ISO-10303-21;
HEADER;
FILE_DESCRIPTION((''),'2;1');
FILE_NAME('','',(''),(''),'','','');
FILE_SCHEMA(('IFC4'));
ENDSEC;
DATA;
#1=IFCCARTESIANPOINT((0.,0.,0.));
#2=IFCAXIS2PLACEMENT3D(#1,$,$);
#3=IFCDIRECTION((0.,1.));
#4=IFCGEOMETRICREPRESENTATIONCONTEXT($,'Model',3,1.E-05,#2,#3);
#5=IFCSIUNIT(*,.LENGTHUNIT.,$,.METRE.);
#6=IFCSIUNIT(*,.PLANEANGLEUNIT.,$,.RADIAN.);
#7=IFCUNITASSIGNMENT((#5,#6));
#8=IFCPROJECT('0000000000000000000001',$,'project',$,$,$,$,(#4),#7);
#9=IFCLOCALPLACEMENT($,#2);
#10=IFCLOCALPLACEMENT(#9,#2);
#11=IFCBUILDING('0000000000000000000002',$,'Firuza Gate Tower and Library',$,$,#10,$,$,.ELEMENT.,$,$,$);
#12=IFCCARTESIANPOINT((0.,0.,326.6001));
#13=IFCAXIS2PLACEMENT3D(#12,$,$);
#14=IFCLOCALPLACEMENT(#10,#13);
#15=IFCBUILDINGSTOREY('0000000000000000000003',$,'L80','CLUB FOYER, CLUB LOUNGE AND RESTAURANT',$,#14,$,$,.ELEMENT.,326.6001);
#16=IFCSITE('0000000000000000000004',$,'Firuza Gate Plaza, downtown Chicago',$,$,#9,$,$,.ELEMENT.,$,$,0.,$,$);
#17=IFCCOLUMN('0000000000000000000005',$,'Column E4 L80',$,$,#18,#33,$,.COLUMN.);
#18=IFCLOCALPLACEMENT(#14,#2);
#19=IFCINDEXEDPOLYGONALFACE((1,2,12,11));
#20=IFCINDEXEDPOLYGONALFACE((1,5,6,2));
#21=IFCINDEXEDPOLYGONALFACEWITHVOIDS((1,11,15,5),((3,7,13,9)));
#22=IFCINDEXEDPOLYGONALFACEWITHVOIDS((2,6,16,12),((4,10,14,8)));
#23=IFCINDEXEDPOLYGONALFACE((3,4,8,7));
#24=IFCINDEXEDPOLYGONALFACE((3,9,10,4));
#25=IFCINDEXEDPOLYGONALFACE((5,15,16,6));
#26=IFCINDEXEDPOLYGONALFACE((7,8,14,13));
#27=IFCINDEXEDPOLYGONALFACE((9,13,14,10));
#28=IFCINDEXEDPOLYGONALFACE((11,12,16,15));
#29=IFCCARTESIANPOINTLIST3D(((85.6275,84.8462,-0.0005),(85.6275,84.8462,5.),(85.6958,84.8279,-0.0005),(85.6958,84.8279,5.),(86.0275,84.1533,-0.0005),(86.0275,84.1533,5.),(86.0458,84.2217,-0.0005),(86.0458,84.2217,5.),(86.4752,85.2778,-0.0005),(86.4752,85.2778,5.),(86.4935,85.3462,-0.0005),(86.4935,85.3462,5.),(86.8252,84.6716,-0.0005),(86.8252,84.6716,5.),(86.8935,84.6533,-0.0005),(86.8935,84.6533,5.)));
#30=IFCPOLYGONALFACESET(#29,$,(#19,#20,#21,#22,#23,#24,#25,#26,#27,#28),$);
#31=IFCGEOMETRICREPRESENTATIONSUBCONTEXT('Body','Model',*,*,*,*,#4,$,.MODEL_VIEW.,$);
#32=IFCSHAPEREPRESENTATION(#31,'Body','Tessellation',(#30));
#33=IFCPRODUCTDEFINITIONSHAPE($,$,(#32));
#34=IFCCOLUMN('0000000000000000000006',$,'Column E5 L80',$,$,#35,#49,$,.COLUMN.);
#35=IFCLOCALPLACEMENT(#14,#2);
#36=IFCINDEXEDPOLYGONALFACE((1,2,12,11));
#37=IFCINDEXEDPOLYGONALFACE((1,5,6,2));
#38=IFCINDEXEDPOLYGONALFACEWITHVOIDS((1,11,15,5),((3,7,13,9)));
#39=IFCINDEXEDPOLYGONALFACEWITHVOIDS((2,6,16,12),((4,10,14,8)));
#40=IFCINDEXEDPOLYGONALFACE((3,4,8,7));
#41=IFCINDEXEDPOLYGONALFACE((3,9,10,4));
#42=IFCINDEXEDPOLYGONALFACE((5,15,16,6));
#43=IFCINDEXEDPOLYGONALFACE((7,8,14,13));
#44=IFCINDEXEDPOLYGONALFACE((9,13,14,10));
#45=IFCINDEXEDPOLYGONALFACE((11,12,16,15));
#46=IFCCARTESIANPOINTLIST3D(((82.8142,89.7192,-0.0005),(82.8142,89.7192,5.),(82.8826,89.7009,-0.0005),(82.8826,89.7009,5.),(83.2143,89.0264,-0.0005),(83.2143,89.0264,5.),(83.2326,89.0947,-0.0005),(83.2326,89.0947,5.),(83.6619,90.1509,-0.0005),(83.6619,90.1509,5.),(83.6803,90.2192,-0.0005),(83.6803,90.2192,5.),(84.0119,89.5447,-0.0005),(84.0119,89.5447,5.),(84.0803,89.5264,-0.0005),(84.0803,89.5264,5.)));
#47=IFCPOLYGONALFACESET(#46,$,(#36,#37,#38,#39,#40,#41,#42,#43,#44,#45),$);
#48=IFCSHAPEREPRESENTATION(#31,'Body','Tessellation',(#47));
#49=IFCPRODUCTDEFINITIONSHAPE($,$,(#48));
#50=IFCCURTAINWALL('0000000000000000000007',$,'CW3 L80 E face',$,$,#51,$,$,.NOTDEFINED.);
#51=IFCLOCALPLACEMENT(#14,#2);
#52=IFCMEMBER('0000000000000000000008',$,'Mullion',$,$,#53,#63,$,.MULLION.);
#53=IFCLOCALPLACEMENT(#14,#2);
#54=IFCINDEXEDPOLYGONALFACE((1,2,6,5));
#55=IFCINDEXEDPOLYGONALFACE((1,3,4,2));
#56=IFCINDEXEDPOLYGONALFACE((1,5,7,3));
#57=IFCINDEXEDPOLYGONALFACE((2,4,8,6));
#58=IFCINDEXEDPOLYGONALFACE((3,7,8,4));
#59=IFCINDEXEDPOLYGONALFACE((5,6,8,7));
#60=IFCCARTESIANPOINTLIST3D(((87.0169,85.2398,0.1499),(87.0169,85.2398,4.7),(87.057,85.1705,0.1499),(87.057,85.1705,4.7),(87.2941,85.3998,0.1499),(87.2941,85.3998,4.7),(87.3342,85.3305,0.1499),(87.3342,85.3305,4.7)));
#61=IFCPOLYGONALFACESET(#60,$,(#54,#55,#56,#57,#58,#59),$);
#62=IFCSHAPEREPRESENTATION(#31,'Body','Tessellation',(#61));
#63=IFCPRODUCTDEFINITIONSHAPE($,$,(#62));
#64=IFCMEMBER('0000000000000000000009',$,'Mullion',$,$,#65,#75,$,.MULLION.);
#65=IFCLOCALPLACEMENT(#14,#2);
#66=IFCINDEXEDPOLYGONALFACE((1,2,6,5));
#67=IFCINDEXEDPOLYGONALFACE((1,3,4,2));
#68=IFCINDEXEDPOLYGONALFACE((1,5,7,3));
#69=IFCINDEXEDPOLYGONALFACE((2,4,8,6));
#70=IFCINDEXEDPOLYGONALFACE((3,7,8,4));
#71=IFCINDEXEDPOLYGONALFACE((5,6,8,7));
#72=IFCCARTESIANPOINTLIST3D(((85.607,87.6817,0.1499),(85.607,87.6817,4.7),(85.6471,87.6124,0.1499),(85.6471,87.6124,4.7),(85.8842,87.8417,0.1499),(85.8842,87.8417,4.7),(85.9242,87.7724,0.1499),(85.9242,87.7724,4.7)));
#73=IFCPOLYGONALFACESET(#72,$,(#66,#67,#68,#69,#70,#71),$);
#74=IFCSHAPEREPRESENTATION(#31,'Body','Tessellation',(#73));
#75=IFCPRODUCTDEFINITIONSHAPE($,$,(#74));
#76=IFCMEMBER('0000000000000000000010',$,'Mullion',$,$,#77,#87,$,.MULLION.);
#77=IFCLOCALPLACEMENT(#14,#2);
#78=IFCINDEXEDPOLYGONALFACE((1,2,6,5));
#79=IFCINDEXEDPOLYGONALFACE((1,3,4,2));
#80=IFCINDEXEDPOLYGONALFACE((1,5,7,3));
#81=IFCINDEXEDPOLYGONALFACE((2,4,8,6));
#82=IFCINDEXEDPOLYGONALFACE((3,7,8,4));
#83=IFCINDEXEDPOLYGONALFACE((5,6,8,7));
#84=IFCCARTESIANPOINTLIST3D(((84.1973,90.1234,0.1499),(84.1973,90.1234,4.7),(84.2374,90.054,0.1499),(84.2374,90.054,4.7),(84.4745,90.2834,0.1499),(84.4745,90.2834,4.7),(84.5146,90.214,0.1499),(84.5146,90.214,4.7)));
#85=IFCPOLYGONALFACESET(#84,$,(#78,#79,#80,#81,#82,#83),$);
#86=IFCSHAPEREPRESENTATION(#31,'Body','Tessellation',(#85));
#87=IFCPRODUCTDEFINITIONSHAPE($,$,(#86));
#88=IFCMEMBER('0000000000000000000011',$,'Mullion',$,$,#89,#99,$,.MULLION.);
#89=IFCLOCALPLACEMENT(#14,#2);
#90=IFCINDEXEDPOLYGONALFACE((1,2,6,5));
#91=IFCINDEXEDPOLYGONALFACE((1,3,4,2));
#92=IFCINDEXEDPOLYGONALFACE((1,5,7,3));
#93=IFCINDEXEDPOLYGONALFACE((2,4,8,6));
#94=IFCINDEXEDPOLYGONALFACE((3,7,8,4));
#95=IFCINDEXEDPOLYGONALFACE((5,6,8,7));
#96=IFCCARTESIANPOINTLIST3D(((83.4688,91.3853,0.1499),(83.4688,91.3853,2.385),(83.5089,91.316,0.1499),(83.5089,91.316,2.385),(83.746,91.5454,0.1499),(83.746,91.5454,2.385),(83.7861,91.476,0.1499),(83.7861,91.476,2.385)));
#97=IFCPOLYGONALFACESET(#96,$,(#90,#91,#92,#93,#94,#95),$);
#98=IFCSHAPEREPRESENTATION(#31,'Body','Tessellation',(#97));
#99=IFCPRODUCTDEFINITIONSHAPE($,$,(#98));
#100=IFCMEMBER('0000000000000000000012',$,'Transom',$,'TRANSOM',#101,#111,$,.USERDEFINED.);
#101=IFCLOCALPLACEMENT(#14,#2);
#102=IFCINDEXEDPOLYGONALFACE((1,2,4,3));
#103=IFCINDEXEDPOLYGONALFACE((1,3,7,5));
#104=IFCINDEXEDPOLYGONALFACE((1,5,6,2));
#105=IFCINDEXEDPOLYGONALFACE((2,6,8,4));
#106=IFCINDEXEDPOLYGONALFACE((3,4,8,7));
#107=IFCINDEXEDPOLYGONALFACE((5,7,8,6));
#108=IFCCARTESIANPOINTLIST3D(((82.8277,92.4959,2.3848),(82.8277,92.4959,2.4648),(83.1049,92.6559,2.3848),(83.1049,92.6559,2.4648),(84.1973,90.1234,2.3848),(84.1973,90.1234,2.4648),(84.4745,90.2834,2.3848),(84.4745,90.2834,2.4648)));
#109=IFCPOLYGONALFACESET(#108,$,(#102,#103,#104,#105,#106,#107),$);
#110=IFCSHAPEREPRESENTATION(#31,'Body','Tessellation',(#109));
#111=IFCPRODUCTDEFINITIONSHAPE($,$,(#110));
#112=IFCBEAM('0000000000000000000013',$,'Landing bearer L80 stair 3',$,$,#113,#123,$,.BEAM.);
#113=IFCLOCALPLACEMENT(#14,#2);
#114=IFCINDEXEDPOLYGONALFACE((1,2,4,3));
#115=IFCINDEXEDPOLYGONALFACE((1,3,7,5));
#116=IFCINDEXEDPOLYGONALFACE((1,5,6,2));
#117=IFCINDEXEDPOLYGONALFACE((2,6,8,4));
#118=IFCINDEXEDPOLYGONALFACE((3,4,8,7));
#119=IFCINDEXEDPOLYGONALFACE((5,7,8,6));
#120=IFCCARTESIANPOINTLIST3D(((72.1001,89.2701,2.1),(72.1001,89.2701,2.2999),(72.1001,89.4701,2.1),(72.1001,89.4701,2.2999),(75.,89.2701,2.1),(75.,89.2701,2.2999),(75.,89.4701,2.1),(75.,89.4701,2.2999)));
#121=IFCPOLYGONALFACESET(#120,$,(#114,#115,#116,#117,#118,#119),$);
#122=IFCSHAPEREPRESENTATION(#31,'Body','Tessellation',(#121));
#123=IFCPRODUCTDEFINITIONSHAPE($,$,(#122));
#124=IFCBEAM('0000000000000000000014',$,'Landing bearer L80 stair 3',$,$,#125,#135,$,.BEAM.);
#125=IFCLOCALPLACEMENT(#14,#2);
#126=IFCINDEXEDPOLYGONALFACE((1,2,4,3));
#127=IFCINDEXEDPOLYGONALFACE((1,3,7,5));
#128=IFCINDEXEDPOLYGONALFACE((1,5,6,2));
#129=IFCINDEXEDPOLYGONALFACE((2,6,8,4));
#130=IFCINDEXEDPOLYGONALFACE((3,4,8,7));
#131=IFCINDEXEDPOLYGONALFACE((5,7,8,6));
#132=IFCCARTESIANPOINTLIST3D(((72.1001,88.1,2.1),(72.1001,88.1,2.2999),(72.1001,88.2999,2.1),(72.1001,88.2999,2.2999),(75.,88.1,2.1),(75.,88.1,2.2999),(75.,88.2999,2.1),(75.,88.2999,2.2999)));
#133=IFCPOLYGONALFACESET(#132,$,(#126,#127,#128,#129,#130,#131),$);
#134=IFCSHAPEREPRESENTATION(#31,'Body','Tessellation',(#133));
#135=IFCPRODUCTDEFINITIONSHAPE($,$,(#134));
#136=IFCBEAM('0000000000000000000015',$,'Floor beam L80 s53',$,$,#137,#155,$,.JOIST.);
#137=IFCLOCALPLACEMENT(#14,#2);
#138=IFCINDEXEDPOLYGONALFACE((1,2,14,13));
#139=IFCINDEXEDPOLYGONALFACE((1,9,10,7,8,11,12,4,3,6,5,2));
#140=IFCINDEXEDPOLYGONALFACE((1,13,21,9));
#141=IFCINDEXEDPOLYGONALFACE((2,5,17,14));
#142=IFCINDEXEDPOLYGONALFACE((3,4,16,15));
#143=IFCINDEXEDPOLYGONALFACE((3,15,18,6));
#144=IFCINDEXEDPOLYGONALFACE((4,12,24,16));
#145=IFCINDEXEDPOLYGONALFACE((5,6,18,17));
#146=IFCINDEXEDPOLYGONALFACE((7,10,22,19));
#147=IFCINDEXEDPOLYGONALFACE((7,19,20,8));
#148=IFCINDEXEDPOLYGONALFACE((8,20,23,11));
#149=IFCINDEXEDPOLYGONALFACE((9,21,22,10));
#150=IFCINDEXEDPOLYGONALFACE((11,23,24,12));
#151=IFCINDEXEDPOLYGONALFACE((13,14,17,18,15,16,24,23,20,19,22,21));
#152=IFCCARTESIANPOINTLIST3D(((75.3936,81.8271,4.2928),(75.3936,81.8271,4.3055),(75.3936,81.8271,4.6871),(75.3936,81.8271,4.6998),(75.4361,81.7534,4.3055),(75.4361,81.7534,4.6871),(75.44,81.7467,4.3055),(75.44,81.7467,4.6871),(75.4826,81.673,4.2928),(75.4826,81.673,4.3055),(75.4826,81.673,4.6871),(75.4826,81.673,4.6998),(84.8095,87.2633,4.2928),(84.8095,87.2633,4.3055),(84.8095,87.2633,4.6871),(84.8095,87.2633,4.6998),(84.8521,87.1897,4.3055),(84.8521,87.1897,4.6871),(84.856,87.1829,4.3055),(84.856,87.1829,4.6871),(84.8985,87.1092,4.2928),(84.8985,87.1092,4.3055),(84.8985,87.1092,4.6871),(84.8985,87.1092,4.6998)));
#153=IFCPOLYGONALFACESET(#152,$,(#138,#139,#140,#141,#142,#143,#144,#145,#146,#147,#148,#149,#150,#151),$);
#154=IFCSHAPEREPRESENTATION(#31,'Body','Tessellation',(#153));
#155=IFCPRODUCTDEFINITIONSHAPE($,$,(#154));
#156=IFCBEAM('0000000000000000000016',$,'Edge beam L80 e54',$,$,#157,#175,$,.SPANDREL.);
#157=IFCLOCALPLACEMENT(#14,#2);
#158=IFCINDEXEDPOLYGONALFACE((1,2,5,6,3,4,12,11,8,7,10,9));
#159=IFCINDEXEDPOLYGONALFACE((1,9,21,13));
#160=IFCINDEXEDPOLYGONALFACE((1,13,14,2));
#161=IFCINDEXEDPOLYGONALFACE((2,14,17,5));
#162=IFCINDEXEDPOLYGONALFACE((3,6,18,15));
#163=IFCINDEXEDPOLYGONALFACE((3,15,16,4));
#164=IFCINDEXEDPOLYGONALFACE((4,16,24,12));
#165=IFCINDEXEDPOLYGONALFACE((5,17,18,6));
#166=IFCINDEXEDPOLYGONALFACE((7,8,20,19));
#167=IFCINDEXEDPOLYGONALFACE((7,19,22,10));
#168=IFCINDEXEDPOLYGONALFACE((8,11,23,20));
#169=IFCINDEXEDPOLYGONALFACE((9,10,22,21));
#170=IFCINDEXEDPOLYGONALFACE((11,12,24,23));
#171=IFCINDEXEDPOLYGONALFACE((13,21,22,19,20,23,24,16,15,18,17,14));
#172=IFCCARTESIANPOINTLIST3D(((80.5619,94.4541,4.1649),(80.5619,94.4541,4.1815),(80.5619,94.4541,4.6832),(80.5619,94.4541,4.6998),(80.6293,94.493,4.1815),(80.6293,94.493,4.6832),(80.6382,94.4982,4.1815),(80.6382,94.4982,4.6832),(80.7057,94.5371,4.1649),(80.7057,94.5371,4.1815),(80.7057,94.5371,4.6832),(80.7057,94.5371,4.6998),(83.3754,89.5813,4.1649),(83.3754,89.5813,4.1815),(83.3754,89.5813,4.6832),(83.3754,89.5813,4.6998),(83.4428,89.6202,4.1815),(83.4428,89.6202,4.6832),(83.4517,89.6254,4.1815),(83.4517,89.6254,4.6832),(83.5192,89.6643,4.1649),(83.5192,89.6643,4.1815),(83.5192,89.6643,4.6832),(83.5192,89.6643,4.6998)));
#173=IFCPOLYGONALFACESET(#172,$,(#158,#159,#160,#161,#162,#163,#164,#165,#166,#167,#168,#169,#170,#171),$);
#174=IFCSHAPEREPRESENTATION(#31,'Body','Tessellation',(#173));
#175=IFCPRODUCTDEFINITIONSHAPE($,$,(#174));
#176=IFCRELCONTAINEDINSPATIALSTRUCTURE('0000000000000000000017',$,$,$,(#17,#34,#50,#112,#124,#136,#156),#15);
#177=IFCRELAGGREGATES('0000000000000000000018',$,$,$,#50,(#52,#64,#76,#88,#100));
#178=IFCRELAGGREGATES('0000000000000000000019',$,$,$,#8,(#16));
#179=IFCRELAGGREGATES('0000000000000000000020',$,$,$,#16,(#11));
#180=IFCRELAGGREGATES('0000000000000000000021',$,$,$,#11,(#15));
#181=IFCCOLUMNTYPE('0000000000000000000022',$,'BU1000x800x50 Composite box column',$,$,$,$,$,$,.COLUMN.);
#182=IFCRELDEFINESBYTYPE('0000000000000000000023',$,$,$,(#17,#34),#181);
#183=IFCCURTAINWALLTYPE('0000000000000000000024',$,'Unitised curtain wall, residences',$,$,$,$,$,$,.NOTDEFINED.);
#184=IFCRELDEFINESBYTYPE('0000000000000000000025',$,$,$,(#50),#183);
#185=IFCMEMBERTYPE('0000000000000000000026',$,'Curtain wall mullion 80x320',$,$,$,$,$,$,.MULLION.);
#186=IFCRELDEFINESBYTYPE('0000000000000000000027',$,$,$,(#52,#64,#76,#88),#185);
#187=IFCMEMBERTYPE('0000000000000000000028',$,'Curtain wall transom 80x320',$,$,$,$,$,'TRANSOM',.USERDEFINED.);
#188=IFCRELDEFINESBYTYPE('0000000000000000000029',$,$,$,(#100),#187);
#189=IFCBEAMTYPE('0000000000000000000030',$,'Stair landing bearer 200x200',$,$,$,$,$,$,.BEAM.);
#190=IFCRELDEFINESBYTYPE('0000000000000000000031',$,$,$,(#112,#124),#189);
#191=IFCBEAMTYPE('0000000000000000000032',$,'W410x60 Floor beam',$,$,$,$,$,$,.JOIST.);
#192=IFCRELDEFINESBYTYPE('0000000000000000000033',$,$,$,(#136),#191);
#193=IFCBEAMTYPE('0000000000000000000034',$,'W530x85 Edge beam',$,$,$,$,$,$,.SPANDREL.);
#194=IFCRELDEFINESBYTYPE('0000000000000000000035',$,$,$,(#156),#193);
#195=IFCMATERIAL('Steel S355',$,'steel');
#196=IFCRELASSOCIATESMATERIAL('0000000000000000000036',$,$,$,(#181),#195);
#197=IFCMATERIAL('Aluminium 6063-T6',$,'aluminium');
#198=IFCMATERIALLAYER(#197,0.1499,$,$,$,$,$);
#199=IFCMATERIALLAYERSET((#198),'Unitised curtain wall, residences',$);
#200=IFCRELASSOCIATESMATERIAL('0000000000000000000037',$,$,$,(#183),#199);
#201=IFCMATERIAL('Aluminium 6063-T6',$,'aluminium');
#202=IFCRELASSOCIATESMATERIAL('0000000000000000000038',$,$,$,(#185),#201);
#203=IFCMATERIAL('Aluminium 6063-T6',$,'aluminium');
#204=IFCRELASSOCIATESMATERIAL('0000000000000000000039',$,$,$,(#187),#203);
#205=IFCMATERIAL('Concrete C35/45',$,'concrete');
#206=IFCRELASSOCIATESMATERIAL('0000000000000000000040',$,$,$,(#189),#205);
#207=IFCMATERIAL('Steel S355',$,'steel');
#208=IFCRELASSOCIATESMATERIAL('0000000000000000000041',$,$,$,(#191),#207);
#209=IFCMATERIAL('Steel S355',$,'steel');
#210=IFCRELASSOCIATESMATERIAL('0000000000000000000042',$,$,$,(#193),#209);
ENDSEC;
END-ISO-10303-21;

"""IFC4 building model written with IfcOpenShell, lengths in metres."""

from ifc_helpers import new_model, si_unit, direction, frame, origin, origin_2d, place, context, subcontext, project, spatial, rectangle, hollow_rectangle, i_section, extrude, material, layer, layer_set, material_profile, profile_set, type_object, element, aggregate, save


model = new_model("IFC4")

# Units and contexts
model_context = context("Model", 3, precision=1e-05, world=origin(), true_north=direction((0.0, 1.0)))
body_context = subcontext(model_context, "Body", "Model", "MODEL_VIEW")
ifc_project = project(units=[si_unit("LENGTHUNIT", "METRE"), si_unit("PLANEANGLEUNIT", "RADIAN")], contexts=[model_context])

# Site, building, storey
site_placement = place(None, origin())
site = spatial("IfcSite", under=ifc_project, at=site_placement, Name="Firuza Gate Plaza, downtown Chicago", CompositionType="ELEMENT", RefElevation=0.0)
building_placement = place(site_placement, origin())
building = spatial("IfcBuilding", under=site, at=building_placement, Name="Firuza Gate Tower and Library", CompositionType="ELEMENT")
storey_placement = place(building_placement, frame((0.0, 0.0, 326.6001)))
storey = spatial("IfcBuildingStorey", under=building, at=storey_placement, Name="L80", Description="CLUB FOYER, CLUB LOUNGE AND RESTAURANT", CompositionType="ELEMENT", Elevation=326.6001)

# Columns
ifc_material_1 = material(Name="Steel S355", Category="steel")
ifc_material_profile_1 = material_profile(ifc_material_1, hollow_rectangle(XDim=0.8, YDim=1.0, WallThickness=0.05, at=origin_2d()))
ifc_profile_set_1 = profile_set([ifc_material_profile_1], Name="Steel S355")
column_type = type_object("IfcColumnType", Name="BU1000x800x50 Composite box column", PredefinedType="COLUMN", material=ifc_profile_set_1)
for number, where, z_axis, x_axis, name in (
    (1, (86.2605, 84.7498, -0.0005), (0.0, 0.0, 1.0), (-0.5, 0.866025, 0.0), "Column E4 L80"),
    (2, (83.4473, 89.6228, -0.0005), (0.0, 0.0, 1.0), (-0.5, 0.866025, 0.0), "Column E5 L80"),
):
    element("IfcColumn", number, at=place(storey_placement, frame(where, z_axis=z_axis, x_axis=x_axis)), inside=storey, type_object=column_type, Name=name, PredefinedType="COLUMN", context=body_context, shape_type="SweptSolid", body=[
        extrude(hollow_rectangle(XDim=0.8, YDim=1.0, WallThickness=0.05, at=origin_2d()), origin(), (0.0, 0.0, 1.0), 5.0005),
    ])

# Curtain wall, members
ifc_material_2 = material(Name="Aluminium 6063-T6", Category="aluminium")
ifc_layer_1 = layer(ifc_material_2, 0.1499)
ifc_layer_set_1 = layer_set([ifc_layer_1], Name="Unitised curtain wall, residences")
curtain_wall_type = type_object("IfcCurtainWallType", Name="Unitised curtain wall, residences", PredefinedType="NOTDEFINED", material=ifc_layer_set_1)
curtain_wall_placement = place(storey_placement, origin())
curtain_wall = element("IfcCurtainWall", 3, at=curtain_wall_placement, inside=storey, type_object=curtain_wall_type, Name="CW3 L80 E face", PredefinedType="NOTDEFINED")
ifc_material_3 = material(Name="Aluminium 6063-T6", Category="aluminium")
ifc_material_profile_2 = material_profile(ifc_material_3, rectangle(XDim=0.3201, YDim=0.0801, at=origin_2d()))
ifc_profile_set_2 = profile_set([ifc_material_profile_2], Name="Aluminium 6063-T6")
member_type_1 = type_object("IfcMemberType", Name="Curtain wall mullion 80x320", PredefinedType="MULLION", material=ifc_profile_set_2)
member_1_placement = place(storey_placement, frame((87.1755, 85.2852, 0.1499), z_axis=(0.0, 0.0, 1.0), x_axis=(-0.866025, -0.5, 0.0)))
member_1 = element("IfcMember", 4, at=member_1_placement, type_object=member_type_1, Name="Mullion", PredefinedType="MULLION", context=body_context, shape_type="SweptSolid", body=[
    extrude(rectangle(XDim=0.3201, YDim=0.0801, at=origin_2d()), origin(), (0.0, 0.0, 1.0), 4.55),
])
member_2_placement = place(storey_placement, frame((85.7656, 87.7271, 0.1499), z_axis=(0.0, 0.0, 1.0), x_axis=(-0.866025, -0.5, 0.0)))
member_2 = element("IfcMember", 5, at=member_2_placement, type_object=member_type_1, Name="Mullion", PredefinedType="MULLION", context=body_context, shape_type="SweptSolid", body=[
    extrude(rectangle(XDim=0.3201, YDim=0.0801, at=origin_2d()), origin(), (0.0, 0.0, 1.0), 4.55),
])
member_3_placement = place(storey_placement, frame((84.356, 90.1687, 0.1499), z_axis=(0.0, 0.0, 1.0), x_axis=(-0.866025, -0.5, 0.0)))
member_3 = element("IfcMember", 6, at=member_3_placement, type_object=member_type_1, Name="Mullion", PredefinedType="MULLION", context=body_context, shape_type="SweptSolid", body=[
    extrude(rectangle(XDim=0.3201, YDim=0.0801, at=origin_2d()), origin(), (0.0, 0.0, 1.0), 4.55),
])
member_4_placement = place(storey_placement, frame((83.6274, 91.4307, 0.1499), z_axis=(0.0, 0.0, 1.0), x_axis=(-0.866025, -0.5, 0.0)))
member_4 = element("IfcMember", 7, at=member_4_placement, type_object=member_type_1, Name="Mullion", PredefinedType="MULLION", context=body_context, shape_type="SweptSolid", body=[
    extrude(rectangle(XDim=0.3201, YDim=0.0801, at=origin_2d()), origin(), (0.0, 0.0, 1.0), 2.2351),
])
ifc_material_4 = material(Name="Aluminium 6063-T6", Category="aluminium")
ifc_material_profile_3 = material_profile(ifc_material_4, rectangle(XDim=0.3201, YDim=0.0801, at=origin_2d()))
ifc_profile_set_3 = profile_set([ifc_material_profile_3], Name="Aluminium 6063-T6")
member_type_2 = type_object("IfcMemberType", Name="Curtain wall transom 80x320", ElementType="TRANSOM", PredefinedType="USERDEFINED", material=ifc_profile_set_3)
member_5_placement = place(storey_placement, frame((84.3359, 90.2034, 2.4248), z_axis=(-0.499954, 0.866052, 0.0), x_axis=(-0.866052, -0.499954, 0.0)))
member_5 = element("IfcMember", 8, at=member_5_placement, type_object=member_type_2, Name="Transom", ObjectType="TRANSOM", PredefinedType="USERDEFINED", context=body_context, shape_type="SweptSolid", body=[
    extrude(rectangle(XDim=0.3201, YDim=0.0801, at=origin_2d()), origin(), (0.0, 0.0, 1.0), 2.7395),
])

# Beams
ifc_material_5 = material(Name="Concrete C35/45", Category="concrete")
ifc_material_profile_4 = material_profile(ifc_material_5, rectangle(XDim=0.2, YDim=0.2, at=origin_2d()))
ifc_profile_set_4 = profile_set([ifc_material_profile_4], Name="Concrete C35/45")
beam_type_1 = type_object("IfcBeamType", Name="Stair landing bearer 200x200", PredefinedType="BEAM", material=ifc_profile_set_4)
for number, where, z_axis, x_axis, name in (
    (9, (75.0, 89.3701, 2.2), (-1.0, 0.0, 0.0), (0.0, -1.0, 0.0), "Landing bearer L80 stair 3"),
    (10, (75.0, 88.2, 2.2), (-1.0, 0.0, 0.0), (0.0, -1.0, 0.0), "Landing bearer L80 stair 3"),
):
    element("IfcBeam", number, at=place(storey_placement, frame(where, z_axis=z_axis, x_axis=x_axis)), inside=storey, type_object=beam_type_1, Name=name, PredefinedType="BEAM", context=body_context, shape_type="SweptSolid", body=[
        extrude(rectangle(XDim=0.2, YDim=0.2, at=origin_2d()), origin(), (0.0, 0.0, 1.0), 2.8999),
    ])
ifc_material_6 = material(Name="Steel S355", Category="steel")
ifc_material_profile_5 = material_profile(ifc_material_6, i_section(OverallWidth=0.178, OverallDepth=0.407, WebThickness=0.0078, FlangeThickness=0.0127, at=origin_2d()))
ifc_profile_set_5 = profile_set([ifc_material_profile_5], Name="Steel S355")
beam_type_2 = type_object("IfcBeamType", Name="W410x60 Floor beam", PredefinedType="JOIST", material=ifc_profile_set_5)
beam_1_placement = place(storey_placement, frame((84.854, 87.1863, 4.4963), z_axis=(-0.866028, -0.499996, 0.0), x_axis=(0.499996, -0.866028, 0.0)))
element("IfcBeam", 11, at=beam_1_placement, inside=storey, type_object=beam_type_2, Name="Floor beam L80 s53", PredefinedType="JOIST", context=body_context, shape_type="SweptSolid", body=[
    extrude(i_section(OverallWidth=0.178, OverallDepth=0.407, WebThickness=0.0078, FlangeThickness=0.0127, at=origin_2d()), origin(), (0.0, 0.0, 1.0), 10.8726),
])
ifc_material_7 = material(Name="Steel S355", Category="steel")
ifc_material_profile_6 = material_profile(ifc_material_7, i_section(OverallWidth=0.166, OverallDepth=0.5349, WebThickness=0.0103, FlangeThickness=0.0166, at=origin_2d()))
ifc_profile_set_6 = profile_set([ifc_material_profile_6], Name="Steel S355")
beam_type_3 = type_object("IfcBeamType", Name="W530x85 Edge beam", PredefinedType="SPANDREL", material=ifc_profile_set_6)
beam_2_placement = place(storey_placement, frame((83.4473, 89.6228, 4.4324), z_axis=(-0.500022, 0.866013, 0.0), x_axis=(-0.866013, -0.500022, 0.0)))
element("IfcBeam", 12, at=beam_2_placement, inside=storey, type_object=beam_type_3, Name="Edge beam L80 e54", PredefinedType="SPANDREL", context=body_context, shape_type="SweptSolid", body=[
    extrude(i_section(OverallWidth=0.166, OverallDepth=0.5349, WebThickness=0.0103, FlangeThickness=0.0166, at=origin_2d()), origin(), (0.0, 0.0, 1.0), 5.6267),
])

aggregate(curtain_wall, [member_1, member_2, member_3, member_4, member_5])

save(model, "model.ifc")
